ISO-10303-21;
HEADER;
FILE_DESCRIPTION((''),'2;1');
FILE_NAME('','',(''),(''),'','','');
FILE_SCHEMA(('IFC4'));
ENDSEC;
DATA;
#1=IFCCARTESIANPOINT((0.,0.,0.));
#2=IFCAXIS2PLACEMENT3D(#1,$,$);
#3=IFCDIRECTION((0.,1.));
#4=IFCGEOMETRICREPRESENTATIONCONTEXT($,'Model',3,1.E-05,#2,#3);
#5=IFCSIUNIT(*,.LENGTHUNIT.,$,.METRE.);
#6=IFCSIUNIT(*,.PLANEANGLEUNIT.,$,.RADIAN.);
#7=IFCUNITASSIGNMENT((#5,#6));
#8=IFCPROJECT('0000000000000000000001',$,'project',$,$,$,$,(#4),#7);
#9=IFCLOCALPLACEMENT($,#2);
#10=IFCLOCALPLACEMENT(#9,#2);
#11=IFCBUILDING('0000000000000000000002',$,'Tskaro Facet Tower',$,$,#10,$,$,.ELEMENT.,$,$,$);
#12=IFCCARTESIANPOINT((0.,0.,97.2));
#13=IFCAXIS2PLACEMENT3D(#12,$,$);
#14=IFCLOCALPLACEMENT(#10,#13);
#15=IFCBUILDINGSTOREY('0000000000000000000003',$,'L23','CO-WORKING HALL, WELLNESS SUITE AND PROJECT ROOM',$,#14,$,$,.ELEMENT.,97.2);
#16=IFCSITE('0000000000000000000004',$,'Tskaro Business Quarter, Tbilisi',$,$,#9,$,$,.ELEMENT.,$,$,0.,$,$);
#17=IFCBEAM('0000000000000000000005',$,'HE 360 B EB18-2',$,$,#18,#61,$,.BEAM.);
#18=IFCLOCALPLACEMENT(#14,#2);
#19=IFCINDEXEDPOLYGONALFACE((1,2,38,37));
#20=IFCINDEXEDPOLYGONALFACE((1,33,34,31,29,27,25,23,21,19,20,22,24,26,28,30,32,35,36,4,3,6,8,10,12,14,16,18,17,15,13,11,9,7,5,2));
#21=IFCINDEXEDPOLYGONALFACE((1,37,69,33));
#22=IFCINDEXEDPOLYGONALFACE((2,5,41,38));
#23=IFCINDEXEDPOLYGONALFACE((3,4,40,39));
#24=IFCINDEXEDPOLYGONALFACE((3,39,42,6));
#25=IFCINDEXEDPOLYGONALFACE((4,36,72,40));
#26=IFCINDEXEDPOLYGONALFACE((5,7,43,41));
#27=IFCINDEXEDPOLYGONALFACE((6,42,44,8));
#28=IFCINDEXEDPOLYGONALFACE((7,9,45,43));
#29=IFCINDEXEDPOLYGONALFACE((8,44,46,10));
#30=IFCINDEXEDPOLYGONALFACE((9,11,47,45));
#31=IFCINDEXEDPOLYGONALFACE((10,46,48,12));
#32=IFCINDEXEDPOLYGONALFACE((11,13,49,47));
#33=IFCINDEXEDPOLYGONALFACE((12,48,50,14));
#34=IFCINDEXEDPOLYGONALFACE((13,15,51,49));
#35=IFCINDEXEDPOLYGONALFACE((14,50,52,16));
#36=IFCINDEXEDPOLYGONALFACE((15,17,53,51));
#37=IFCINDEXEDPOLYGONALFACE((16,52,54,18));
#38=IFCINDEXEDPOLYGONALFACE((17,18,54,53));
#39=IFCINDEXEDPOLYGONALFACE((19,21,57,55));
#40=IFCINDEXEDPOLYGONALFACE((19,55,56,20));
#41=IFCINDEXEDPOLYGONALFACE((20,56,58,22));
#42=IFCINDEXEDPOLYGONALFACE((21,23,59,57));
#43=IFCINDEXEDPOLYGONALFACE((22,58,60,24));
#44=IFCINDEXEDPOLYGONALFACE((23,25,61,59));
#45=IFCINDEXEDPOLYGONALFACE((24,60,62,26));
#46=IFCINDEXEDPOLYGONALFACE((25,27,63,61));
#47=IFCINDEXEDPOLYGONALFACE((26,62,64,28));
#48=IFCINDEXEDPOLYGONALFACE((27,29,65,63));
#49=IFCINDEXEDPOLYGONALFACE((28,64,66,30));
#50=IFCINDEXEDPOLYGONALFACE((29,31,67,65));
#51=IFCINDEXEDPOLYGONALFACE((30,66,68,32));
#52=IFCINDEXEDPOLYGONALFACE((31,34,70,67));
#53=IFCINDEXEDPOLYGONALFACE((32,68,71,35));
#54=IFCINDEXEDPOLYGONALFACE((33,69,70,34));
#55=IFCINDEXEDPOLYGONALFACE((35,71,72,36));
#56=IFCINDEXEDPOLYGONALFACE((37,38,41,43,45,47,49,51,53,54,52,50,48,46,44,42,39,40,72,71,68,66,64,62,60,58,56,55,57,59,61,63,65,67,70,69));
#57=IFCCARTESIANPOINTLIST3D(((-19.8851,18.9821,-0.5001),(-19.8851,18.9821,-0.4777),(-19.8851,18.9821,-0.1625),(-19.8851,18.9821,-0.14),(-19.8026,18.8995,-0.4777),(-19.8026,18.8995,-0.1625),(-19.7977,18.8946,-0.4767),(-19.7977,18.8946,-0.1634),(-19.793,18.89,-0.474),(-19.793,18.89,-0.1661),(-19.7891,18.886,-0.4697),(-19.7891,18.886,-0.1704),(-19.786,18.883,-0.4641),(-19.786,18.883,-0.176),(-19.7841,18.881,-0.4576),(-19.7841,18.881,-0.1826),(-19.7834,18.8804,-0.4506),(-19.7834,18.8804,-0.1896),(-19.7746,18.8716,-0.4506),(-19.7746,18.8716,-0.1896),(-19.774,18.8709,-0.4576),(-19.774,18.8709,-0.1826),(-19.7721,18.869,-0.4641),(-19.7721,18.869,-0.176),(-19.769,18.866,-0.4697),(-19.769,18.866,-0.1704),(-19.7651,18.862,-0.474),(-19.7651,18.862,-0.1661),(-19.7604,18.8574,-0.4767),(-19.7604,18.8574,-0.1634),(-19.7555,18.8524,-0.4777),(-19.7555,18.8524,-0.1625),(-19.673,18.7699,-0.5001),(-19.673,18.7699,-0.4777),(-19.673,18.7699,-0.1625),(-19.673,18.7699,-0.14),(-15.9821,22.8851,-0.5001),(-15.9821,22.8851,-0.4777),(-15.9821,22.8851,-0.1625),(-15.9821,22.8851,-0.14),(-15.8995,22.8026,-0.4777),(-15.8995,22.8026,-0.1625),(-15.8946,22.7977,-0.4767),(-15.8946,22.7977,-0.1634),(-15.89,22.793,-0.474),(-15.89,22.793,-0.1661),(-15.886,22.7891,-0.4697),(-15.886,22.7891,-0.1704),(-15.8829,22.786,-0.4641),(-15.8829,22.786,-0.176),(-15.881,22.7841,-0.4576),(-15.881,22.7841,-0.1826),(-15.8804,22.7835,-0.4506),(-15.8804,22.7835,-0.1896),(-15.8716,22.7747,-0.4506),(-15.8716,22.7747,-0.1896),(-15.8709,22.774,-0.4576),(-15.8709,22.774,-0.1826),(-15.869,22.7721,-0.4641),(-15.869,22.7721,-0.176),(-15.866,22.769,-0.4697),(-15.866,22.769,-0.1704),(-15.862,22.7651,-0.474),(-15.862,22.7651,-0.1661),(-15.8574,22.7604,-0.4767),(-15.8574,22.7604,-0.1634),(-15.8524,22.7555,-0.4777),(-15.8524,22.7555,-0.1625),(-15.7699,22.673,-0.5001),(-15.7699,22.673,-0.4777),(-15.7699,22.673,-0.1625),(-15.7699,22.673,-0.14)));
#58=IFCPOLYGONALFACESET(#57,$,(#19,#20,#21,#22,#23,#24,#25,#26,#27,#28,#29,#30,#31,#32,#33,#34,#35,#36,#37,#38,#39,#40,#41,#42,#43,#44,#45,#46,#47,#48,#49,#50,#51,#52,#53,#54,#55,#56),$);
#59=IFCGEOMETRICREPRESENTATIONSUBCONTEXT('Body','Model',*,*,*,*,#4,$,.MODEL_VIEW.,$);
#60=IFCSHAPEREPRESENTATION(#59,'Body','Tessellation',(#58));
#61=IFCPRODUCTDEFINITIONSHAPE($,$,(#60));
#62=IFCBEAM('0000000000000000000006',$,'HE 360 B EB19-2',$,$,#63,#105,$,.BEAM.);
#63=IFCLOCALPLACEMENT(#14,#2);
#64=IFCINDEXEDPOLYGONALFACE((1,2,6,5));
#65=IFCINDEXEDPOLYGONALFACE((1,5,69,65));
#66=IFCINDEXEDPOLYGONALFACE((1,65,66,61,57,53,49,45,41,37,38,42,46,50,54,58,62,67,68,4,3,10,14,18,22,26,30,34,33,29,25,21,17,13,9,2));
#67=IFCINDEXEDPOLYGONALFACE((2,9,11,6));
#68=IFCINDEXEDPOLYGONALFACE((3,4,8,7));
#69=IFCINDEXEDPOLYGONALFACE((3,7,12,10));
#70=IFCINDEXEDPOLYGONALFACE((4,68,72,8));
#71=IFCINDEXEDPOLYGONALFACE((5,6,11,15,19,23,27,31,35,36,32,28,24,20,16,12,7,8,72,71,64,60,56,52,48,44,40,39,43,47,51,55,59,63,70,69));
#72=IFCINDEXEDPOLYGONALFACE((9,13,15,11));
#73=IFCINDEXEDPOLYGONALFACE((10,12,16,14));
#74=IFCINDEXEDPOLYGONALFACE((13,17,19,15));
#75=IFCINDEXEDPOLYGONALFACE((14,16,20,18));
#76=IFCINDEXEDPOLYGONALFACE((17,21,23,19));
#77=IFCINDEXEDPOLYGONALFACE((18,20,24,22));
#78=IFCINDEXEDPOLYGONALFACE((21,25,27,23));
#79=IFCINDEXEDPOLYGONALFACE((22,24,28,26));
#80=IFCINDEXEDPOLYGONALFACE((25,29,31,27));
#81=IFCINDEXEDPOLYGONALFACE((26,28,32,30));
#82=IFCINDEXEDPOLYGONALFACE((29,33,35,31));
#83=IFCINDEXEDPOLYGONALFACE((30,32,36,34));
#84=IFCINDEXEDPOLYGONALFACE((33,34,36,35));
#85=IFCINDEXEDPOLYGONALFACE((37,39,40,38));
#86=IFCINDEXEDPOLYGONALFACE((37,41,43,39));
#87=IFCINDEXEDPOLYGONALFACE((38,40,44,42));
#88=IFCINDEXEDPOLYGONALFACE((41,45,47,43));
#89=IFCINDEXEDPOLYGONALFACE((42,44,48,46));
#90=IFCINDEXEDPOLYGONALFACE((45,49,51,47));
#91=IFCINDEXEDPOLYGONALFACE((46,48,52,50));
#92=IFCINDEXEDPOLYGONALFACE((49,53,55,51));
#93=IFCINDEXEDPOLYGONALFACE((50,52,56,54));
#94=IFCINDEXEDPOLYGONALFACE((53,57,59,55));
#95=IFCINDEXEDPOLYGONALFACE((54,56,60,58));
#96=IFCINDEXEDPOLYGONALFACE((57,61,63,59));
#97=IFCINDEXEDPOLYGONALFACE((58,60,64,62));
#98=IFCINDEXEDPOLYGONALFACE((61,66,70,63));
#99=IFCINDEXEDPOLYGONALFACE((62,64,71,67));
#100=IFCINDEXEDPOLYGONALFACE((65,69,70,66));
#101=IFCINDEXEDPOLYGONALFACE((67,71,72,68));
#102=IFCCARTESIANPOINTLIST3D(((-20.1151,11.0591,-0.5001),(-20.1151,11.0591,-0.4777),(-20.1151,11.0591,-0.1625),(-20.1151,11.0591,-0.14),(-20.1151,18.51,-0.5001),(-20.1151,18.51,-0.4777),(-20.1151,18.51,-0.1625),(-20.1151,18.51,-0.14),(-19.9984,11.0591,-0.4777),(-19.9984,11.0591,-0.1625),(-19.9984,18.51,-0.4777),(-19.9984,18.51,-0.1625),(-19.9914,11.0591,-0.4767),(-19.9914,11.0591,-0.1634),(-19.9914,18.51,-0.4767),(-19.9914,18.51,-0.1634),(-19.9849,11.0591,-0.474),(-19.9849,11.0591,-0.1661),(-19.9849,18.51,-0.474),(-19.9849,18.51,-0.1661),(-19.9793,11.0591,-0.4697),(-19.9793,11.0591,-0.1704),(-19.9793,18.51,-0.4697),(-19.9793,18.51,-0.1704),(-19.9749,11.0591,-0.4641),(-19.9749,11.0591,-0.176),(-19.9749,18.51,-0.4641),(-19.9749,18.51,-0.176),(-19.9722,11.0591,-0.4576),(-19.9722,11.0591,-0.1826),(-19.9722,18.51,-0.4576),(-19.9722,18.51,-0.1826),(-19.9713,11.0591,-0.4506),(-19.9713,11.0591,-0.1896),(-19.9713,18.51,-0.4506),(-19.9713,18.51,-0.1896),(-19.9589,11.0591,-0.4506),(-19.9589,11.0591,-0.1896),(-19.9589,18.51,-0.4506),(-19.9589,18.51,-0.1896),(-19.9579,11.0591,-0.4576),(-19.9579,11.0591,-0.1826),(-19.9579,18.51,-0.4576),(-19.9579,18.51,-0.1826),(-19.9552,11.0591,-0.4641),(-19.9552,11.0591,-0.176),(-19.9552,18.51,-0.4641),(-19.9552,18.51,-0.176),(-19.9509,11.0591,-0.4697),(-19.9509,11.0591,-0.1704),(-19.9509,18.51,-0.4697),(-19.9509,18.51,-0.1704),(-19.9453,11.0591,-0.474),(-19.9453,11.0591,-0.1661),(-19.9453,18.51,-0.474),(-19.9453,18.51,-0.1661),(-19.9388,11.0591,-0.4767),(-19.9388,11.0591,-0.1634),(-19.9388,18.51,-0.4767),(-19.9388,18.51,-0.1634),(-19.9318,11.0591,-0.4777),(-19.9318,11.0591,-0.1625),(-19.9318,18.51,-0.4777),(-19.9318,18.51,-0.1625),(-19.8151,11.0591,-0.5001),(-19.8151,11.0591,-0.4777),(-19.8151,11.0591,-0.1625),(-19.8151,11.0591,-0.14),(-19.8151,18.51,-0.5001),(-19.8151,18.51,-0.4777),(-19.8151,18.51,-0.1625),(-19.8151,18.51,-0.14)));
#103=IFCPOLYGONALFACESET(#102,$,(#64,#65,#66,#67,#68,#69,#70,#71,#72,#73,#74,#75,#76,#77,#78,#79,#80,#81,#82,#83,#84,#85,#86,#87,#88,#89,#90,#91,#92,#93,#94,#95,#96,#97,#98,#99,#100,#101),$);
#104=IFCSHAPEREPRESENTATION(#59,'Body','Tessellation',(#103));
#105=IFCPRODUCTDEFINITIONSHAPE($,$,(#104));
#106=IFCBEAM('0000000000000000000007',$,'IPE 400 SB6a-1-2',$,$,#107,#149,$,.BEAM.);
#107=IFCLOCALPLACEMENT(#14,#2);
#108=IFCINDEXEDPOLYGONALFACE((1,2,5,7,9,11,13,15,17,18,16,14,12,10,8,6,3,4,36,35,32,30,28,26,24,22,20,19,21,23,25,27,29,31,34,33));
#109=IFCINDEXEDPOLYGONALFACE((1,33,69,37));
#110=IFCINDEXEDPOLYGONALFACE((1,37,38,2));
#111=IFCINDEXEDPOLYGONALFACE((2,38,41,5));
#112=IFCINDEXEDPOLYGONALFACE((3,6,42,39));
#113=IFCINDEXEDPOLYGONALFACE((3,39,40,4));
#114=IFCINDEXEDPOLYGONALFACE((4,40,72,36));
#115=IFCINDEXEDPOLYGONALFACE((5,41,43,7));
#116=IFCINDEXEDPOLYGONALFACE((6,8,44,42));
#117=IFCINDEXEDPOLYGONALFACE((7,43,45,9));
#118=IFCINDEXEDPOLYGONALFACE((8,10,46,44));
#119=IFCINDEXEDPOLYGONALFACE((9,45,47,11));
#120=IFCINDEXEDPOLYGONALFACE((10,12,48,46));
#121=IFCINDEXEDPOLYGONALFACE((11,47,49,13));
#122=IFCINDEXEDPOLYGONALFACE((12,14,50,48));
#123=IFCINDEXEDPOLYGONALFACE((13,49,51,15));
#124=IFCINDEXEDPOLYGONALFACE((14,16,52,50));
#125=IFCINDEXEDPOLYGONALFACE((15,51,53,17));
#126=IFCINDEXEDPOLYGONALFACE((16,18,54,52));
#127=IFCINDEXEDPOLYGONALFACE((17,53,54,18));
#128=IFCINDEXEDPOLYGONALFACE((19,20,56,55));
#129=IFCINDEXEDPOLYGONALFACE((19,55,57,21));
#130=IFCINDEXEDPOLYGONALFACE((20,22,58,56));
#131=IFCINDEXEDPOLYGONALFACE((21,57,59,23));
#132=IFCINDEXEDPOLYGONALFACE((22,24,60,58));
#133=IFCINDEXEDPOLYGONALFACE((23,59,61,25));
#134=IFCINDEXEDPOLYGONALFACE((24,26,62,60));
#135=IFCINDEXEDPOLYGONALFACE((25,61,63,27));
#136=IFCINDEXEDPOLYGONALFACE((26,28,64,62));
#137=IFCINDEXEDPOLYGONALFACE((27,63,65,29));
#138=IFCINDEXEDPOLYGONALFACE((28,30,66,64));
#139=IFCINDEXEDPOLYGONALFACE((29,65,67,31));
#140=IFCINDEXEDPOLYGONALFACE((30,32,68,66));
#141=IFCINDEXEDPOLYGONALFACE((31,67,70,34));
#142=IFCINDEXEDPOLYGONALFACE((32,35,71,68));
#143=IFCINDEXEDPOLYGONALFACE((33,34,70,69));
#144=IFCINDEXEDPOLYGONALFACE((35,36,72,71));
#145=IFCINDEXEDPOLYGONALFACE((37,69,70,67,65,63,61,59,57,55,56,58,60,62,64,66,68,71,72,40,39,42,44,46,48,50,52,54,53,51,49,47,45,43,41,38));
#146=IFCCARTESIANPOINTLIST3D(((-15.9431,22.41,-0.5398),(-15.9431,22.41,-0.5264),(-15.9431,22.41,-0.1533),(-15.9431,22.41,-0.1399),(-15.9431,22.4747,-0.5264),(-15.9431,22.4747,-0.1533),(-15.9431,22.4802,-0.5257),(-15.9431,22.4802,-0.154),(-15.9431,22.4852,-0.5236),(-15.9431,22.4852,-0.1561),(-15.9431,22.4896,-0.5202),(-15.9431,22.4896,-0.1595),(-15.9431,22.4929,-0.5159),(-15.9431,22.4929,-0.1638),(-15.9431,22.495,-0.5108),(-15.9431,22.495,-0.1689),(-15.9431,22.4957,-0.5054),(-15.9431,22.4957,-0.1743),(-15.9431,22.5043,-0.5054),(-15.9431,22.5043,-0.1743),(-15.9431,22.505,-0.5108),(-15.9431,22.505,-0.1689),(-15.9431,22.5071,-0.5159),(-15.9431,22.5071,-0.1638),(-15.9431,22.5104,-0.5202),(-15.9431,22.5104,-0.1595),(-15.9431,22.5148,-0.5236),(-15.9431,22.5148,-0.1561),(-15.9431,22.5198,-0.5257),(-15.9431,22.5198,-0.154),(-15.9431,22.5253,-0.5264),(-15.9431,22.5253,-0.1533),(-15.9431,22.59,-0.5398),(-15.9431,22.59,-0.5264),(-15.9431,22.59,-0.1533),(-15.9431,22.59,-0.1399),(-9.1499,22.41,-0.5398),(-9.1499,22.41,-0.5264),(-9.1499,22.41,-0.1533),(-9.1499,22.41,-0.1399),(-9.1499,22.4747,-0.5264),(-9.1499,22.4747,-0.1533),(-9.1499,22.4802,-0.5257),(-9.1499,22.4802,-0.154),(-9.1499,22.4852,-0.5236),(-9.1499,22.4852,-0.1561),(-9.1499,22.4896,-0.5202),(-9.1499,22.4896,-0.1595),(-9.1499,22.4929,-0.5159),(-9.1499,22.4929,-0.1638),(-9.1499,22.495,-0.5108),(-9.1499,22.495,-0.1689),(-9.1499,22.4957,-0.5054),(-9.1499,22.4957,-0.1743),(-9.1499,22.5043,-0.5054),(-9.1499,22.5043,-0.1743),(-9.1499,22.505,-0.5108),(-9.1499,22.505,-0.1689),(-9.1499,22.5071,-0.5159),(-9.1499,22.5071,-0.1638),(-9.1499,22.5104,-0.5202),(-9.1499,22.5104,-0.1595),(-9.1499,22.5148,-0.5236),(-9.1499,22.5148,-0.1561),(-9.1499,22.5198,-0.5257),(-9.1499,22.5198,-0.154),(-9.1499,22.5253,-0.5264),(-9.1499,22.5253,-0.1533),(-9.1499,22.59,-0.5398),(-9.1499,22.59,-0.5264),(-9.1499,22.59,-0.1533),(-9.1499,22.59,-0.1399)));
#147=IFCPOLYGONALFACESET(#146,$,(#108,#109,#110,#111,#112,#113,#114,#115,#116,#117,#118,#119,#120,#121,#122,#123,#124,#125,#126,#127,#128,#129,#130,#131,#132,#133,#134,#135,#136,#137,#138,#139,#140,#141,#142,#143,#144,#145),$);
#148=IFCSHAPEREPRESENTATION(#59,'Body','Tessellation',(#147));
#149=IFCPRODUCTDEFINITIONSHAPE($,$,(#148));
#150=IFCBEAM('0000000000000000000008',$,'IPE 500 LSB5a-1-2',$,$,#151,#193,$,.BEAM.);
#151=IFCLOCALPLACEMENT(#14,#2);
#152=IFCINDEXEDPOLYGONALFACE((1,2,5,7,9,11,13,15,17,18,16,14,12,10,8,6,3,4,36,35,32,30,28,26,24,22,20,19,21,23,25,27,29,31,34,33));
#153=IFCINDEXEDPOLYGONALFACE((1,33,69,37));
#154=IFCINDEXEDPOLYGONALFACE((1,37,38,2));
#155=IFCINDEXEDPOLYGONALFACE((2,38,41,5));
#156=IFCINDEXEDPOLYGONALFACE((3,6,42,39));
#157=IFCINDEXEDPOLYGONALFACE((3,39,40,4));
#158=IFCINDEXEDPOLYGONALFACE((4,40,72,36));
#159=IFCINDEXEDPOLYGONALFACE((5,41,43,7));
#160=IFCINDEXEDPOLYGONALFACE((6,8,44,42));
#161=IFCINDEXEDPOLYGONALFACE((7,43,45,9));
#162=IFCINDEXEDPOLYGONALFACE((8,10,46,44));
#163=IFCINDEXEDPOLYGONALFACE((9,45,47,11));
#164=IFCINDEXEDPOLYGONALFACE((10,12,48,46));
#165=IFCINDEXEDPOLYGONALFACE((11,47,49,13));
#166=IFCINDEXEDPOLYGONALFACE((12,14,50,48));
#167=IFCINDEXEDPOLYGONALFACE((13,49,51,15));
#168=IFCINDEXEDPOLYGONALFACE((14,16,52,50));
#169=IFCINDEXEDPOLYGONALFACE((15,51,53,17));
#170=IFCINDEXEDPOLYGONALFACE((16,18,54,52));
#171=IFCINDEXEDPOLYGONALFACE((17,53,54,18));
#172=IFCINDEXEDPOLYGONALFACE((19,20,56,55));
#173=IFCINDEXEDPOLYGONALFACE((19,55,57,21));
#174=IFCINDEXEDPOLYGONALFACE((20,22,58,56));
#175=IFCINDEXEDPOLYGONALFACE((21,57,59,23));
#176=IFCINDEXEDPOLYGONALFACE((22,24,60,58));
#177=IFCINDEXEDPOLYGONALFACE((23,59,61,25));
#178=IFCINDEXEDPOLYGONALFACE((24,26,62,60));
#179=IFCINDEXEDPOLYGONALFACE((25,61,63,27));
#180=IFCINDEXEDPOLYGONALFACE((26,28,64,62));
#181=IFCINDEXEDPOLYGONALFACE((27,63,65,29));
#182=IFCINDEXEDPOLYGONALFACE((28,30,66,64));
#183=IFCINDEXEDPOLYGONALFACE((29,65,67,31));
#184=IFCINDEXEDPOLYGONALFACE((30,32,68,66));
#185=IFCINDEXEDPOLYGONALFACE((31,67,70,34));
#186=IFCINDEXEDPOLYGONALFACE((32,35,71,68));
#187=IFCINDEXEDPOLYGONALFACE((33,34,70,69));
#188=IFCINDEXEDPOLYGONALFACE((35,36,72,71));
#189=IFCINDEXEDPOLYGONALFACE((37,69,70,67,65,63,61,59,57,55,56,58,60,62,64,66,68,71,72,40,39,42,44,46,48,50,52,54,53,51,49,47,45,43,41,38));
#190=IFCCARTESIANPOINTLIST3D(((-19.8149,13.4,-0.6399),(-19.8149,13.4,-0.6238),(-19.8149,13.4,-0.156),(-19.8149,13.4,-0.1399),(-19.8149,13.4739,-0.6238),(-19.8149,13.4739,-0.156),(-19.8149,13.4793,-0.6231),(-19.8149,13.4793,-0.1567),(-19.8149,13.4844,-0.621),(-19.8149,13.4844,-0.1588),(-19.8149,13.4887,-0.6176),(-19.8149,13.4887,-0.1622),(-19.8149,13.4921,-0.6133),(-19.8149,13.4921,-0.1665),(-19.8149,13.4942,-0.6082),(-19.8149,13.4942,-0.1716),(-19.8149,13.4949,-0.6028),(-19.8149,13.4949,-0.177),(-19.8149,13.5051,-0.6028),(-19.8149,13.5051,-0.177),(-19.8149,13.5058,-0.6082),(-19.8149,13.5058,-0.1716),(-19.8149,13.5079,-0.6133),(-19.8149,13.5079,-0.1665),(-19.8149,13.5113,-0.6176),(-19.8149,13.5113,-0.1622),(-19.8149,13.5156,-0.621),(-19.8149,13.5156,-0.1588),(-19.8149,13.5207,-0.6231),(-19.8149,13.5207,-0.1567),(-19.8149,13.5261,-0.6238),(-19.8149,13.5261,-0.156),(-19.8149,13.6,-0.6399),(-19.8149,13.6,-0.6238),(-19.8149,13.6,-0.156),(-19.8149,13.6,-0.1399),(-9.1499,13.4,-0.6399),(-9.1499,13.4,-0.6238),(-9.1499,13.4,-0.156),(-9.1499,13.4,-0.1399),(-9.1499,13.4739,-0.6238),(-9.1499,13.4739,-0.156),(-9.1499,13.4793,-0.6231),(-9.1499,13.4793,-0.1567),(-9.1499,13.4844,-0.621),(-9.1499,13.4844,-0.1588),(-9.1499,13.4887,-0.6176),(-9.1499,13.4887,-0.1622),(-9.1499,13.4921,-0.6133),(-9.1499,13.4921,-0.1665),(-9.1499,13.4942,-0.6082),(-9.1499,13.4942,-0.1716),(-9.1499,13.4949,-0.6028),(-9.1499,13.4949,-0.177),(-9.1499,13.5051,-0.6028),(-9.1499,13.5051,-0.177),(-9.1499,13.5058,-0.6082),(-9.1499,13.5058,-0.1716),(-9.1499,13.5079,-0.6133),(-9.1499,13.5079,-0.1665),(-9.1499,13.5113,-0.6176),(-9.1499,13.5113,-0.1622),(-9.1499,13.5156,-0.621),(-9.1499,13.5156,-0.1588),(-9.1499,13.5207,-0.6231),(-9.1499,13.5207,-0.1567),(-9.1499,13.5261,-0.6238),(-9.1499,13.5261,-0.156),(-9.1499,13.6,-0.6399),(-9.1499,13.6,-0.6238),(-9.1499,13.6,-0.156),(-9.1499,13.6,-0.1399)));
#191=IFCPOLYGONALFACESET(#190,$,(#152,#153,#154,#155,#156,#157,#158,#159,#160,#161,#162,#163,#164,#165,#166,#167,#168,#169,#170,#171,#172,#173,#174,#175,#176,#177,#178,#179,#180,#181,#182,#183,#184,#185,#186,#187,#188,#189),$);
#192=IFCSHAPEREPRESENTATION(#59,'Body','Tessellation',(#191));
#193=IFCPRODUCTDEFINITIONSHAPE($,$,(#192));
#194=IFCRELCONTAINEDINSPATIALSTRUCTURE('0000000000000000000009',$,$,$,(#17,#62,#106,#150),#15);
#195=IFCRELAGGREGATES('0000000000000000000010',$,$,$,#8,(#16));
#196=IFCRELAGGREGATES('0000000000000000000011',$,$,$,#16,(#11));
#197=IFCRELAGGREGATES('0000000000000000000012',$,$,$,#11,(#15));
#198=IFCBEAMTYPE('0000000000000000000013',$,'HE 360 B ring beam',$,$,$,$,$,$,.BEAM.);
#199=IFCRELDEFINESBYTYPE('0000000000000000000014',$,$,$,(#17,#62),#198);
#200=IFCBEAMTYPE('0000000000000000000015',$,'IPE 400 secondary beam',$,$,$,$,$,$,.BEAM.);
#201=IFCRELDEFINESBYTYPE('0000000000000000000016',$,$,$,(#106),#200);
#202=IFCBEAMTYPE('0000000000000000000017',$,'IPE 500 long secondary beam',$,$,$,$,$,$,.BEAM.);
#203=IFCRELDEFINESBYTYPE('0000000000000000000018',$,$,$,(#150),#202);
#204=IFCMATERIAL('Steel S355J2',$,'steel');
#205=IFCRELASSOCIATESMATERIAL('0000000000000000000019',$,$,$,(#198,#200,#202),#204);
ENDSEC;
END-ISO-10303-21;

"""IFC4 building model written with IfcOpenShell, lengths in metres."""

from ifc_helpers import new_model, si_unit, direction, frame, origin, origin_2d, place, context, subcontext, project, spatial, i_section, extrude, material, material_profile, profile_set, type_object, element, save


model = new_model("IFC4")

# Units and contexts
model_context = context("Model", 3, precision=1e-05, world=origin(), true_north=direction((0.0, 1.0)))
body_context = subcontext(model_context, "Body", "Model", "MODEL_VIEW")
ifc_project = project(units=[si_unit("LENGTHUNIT", "METRE"), si_unit("PLANEANGLEUNIT", "RADIAN")], contexts=[model_context])

# Site, building, storey
site_placement = place(None, origin())
site = spatial("IfcSite", under=ifc_project, at=site_placement, Name="Tskaro Business Quarter, Tbilisi", CompositionType="ELEMENT", RefElevation=0.0)
building_placement = place(site_placement, origin())
building = spatial("IfcBuilding", under=site, at=building_placement, Name="Tskaro Facet Tower", CompositionType="ELEMENT")
storey_placement = place(building_placement, frame((0.0, 0.0, 97.2)))
storey = spatial("IfcBuildingStorey", under=building, at=storey_placement, Name="L23", Description="CO-WORKING HALL, WELLNESS SUITE AND PROJECT ROOM", CompositionType="ELEMENT", Elevation=97.2)

# Beams
ifc_material_1 = material(Name="Steel S355J2", Category="steel")
ifc_material_profile_1 = material_profile(ifc_material_1, i_section(OverallWidth=0.3, OverallDepth=0.3601, WebThickness=0.0125, FlangeThickness=0.0225, FilletRadius=0.0271, at=origin_2d()), Name="HE 360 B")
ifc_profile_set_1 = profile_set([ifc_material_profile_1], Name="Steel S355J2")
beam_type_1 = type_object("IfcBeamType", Name="HE 360 B ring beam", PredefinedType="BEAM", material=ifc_profile_set_1)
beam_1_placement = place(storey_placement, frame((-15.876, 22.7791, -0.3201), z_axis=(-0.707107, -0.707107, 0.0), x_axis=(0.707107, -0.707107, 0.0)))
element("IfcBeam", 1, at=beam_1_placement, inside=storey, type_object=beam_type_1, Name="HE 360 B EB18-2", PredefinedType="BEAM", context=body_context, shape_type="SweptSolid", body=[
    extrude(i_section(OverallWidth=0.3, OverallDepth=0.3601, WebThickness=0.0125, FlangeThickness=0.0225, FilletRadius=0.0271, at=origin_2d()), origin(), (0.0, 0.0, 1.0), 5.5198),
])
beam_2_placement = place(storey_placement, frame((-19.9651, 18.51, -0.3201), z_axis=(0.0, -1.0, 0.0), x_axis=(1.0, 0.0, 0.0)))
element("IfcBeam", 2, at=beam_2_placement, inside=storey, type_object=beam_type_1, Name="HE 360 B EB19-2", PredefinedType="BEAM", context=body_context, shape_type="SweptSolid", body=[
    extrude(i_section(OverallWidth=0.3, OverallDepth=0.3601, WebThickness=0.0125, FlangeThickness=0.0225, FilletRadius=0.0271, at=origin_2d()), origin(), (0.0, 0.0, 1.0), 7.4509),
])
ifc_material_profile_2 = material_profile(ifc_material_1, i_section(OverallWidth=0.1799, OverallDepth=0.3999, WebThickness=0.0085, FlangeThickness=0.0134, FilletRadius=0.021, at=origin_2d()), Name="IPE 400")
ifc_profile_set_2 = profile_set([ifc_material_profile_2], Name="Steel S355J2")
beam_type_2 = type_object("IfcBeamType", Name="IPE 400 secondary beam", PredefinedType="BEAM", material=ifc_profile_set_2)
beam_3_placement = place(storey_placement, frame((-15.9431, 22.5, -0.3398), z_axis=(1.0, 0.0, 0.0), x_axis=(0.0, 1.0, 0.0)))
element("IfcBeam", 3, at=beam_3_placement, inside=storey, type_object=beam_type_2, Name="IPE 400 SB6a-1-2", PredefinedType="BEAM", context=body_context, shape_type="SweptSolid", body=[
    extrude(i_section(OverallWidth=0.1799, OverallDepth=0.3999, WebThickness=0.0085, FlangeThickness=0.0134, FilletRadius=0.021, at=origin_2d()), origin(), (0.0, 0.0, 1.0), 6.7932),
])
ifc_material_profile_3 = material_profile(ifc_material_1, i_section(OverallWidth=0.2, OverallDepth=0.5, WebThickness=0.0103, FlangeThickness=0.0161, FilletRadius=0.021, at=origin_2d()), Name="IPE 500")
ifc_profile_set_3 = profile_set([ifc_material_profile_3], Name="Steel S355J2")
beam_type_3 = type_object("IfcBeamType", Name="IPE 500 long secondary beam", PredefinedType="BEAM", material=ifc_profile_set_3)
beam_4_placement = place(storey_placement, frame((-19.8149, 13.5, -0.3899), z_axis=(1.0, 0.0, 0.0), x_axis=(0.0, 1.0, 0.0)))
element("IfcBeam", 4, at=beam_4_placement, inside=storey, type_object=beam_type_3, Name="IPE 500 LSB5a-1-2", PredefinedType="BEAM", context=body_context, shape_type="SweptSolid", body=[
    extrude(i_section(OverallWidth=0.2, OverallDepth=0.5, WebThickness=0.0103, FlangeThickness=0.0161, FilletRadius=0.021, at=origin_2d()), origin(), (0.0, 0.0, 1.0), 10.665),
])

save(model, "model.ifc")
